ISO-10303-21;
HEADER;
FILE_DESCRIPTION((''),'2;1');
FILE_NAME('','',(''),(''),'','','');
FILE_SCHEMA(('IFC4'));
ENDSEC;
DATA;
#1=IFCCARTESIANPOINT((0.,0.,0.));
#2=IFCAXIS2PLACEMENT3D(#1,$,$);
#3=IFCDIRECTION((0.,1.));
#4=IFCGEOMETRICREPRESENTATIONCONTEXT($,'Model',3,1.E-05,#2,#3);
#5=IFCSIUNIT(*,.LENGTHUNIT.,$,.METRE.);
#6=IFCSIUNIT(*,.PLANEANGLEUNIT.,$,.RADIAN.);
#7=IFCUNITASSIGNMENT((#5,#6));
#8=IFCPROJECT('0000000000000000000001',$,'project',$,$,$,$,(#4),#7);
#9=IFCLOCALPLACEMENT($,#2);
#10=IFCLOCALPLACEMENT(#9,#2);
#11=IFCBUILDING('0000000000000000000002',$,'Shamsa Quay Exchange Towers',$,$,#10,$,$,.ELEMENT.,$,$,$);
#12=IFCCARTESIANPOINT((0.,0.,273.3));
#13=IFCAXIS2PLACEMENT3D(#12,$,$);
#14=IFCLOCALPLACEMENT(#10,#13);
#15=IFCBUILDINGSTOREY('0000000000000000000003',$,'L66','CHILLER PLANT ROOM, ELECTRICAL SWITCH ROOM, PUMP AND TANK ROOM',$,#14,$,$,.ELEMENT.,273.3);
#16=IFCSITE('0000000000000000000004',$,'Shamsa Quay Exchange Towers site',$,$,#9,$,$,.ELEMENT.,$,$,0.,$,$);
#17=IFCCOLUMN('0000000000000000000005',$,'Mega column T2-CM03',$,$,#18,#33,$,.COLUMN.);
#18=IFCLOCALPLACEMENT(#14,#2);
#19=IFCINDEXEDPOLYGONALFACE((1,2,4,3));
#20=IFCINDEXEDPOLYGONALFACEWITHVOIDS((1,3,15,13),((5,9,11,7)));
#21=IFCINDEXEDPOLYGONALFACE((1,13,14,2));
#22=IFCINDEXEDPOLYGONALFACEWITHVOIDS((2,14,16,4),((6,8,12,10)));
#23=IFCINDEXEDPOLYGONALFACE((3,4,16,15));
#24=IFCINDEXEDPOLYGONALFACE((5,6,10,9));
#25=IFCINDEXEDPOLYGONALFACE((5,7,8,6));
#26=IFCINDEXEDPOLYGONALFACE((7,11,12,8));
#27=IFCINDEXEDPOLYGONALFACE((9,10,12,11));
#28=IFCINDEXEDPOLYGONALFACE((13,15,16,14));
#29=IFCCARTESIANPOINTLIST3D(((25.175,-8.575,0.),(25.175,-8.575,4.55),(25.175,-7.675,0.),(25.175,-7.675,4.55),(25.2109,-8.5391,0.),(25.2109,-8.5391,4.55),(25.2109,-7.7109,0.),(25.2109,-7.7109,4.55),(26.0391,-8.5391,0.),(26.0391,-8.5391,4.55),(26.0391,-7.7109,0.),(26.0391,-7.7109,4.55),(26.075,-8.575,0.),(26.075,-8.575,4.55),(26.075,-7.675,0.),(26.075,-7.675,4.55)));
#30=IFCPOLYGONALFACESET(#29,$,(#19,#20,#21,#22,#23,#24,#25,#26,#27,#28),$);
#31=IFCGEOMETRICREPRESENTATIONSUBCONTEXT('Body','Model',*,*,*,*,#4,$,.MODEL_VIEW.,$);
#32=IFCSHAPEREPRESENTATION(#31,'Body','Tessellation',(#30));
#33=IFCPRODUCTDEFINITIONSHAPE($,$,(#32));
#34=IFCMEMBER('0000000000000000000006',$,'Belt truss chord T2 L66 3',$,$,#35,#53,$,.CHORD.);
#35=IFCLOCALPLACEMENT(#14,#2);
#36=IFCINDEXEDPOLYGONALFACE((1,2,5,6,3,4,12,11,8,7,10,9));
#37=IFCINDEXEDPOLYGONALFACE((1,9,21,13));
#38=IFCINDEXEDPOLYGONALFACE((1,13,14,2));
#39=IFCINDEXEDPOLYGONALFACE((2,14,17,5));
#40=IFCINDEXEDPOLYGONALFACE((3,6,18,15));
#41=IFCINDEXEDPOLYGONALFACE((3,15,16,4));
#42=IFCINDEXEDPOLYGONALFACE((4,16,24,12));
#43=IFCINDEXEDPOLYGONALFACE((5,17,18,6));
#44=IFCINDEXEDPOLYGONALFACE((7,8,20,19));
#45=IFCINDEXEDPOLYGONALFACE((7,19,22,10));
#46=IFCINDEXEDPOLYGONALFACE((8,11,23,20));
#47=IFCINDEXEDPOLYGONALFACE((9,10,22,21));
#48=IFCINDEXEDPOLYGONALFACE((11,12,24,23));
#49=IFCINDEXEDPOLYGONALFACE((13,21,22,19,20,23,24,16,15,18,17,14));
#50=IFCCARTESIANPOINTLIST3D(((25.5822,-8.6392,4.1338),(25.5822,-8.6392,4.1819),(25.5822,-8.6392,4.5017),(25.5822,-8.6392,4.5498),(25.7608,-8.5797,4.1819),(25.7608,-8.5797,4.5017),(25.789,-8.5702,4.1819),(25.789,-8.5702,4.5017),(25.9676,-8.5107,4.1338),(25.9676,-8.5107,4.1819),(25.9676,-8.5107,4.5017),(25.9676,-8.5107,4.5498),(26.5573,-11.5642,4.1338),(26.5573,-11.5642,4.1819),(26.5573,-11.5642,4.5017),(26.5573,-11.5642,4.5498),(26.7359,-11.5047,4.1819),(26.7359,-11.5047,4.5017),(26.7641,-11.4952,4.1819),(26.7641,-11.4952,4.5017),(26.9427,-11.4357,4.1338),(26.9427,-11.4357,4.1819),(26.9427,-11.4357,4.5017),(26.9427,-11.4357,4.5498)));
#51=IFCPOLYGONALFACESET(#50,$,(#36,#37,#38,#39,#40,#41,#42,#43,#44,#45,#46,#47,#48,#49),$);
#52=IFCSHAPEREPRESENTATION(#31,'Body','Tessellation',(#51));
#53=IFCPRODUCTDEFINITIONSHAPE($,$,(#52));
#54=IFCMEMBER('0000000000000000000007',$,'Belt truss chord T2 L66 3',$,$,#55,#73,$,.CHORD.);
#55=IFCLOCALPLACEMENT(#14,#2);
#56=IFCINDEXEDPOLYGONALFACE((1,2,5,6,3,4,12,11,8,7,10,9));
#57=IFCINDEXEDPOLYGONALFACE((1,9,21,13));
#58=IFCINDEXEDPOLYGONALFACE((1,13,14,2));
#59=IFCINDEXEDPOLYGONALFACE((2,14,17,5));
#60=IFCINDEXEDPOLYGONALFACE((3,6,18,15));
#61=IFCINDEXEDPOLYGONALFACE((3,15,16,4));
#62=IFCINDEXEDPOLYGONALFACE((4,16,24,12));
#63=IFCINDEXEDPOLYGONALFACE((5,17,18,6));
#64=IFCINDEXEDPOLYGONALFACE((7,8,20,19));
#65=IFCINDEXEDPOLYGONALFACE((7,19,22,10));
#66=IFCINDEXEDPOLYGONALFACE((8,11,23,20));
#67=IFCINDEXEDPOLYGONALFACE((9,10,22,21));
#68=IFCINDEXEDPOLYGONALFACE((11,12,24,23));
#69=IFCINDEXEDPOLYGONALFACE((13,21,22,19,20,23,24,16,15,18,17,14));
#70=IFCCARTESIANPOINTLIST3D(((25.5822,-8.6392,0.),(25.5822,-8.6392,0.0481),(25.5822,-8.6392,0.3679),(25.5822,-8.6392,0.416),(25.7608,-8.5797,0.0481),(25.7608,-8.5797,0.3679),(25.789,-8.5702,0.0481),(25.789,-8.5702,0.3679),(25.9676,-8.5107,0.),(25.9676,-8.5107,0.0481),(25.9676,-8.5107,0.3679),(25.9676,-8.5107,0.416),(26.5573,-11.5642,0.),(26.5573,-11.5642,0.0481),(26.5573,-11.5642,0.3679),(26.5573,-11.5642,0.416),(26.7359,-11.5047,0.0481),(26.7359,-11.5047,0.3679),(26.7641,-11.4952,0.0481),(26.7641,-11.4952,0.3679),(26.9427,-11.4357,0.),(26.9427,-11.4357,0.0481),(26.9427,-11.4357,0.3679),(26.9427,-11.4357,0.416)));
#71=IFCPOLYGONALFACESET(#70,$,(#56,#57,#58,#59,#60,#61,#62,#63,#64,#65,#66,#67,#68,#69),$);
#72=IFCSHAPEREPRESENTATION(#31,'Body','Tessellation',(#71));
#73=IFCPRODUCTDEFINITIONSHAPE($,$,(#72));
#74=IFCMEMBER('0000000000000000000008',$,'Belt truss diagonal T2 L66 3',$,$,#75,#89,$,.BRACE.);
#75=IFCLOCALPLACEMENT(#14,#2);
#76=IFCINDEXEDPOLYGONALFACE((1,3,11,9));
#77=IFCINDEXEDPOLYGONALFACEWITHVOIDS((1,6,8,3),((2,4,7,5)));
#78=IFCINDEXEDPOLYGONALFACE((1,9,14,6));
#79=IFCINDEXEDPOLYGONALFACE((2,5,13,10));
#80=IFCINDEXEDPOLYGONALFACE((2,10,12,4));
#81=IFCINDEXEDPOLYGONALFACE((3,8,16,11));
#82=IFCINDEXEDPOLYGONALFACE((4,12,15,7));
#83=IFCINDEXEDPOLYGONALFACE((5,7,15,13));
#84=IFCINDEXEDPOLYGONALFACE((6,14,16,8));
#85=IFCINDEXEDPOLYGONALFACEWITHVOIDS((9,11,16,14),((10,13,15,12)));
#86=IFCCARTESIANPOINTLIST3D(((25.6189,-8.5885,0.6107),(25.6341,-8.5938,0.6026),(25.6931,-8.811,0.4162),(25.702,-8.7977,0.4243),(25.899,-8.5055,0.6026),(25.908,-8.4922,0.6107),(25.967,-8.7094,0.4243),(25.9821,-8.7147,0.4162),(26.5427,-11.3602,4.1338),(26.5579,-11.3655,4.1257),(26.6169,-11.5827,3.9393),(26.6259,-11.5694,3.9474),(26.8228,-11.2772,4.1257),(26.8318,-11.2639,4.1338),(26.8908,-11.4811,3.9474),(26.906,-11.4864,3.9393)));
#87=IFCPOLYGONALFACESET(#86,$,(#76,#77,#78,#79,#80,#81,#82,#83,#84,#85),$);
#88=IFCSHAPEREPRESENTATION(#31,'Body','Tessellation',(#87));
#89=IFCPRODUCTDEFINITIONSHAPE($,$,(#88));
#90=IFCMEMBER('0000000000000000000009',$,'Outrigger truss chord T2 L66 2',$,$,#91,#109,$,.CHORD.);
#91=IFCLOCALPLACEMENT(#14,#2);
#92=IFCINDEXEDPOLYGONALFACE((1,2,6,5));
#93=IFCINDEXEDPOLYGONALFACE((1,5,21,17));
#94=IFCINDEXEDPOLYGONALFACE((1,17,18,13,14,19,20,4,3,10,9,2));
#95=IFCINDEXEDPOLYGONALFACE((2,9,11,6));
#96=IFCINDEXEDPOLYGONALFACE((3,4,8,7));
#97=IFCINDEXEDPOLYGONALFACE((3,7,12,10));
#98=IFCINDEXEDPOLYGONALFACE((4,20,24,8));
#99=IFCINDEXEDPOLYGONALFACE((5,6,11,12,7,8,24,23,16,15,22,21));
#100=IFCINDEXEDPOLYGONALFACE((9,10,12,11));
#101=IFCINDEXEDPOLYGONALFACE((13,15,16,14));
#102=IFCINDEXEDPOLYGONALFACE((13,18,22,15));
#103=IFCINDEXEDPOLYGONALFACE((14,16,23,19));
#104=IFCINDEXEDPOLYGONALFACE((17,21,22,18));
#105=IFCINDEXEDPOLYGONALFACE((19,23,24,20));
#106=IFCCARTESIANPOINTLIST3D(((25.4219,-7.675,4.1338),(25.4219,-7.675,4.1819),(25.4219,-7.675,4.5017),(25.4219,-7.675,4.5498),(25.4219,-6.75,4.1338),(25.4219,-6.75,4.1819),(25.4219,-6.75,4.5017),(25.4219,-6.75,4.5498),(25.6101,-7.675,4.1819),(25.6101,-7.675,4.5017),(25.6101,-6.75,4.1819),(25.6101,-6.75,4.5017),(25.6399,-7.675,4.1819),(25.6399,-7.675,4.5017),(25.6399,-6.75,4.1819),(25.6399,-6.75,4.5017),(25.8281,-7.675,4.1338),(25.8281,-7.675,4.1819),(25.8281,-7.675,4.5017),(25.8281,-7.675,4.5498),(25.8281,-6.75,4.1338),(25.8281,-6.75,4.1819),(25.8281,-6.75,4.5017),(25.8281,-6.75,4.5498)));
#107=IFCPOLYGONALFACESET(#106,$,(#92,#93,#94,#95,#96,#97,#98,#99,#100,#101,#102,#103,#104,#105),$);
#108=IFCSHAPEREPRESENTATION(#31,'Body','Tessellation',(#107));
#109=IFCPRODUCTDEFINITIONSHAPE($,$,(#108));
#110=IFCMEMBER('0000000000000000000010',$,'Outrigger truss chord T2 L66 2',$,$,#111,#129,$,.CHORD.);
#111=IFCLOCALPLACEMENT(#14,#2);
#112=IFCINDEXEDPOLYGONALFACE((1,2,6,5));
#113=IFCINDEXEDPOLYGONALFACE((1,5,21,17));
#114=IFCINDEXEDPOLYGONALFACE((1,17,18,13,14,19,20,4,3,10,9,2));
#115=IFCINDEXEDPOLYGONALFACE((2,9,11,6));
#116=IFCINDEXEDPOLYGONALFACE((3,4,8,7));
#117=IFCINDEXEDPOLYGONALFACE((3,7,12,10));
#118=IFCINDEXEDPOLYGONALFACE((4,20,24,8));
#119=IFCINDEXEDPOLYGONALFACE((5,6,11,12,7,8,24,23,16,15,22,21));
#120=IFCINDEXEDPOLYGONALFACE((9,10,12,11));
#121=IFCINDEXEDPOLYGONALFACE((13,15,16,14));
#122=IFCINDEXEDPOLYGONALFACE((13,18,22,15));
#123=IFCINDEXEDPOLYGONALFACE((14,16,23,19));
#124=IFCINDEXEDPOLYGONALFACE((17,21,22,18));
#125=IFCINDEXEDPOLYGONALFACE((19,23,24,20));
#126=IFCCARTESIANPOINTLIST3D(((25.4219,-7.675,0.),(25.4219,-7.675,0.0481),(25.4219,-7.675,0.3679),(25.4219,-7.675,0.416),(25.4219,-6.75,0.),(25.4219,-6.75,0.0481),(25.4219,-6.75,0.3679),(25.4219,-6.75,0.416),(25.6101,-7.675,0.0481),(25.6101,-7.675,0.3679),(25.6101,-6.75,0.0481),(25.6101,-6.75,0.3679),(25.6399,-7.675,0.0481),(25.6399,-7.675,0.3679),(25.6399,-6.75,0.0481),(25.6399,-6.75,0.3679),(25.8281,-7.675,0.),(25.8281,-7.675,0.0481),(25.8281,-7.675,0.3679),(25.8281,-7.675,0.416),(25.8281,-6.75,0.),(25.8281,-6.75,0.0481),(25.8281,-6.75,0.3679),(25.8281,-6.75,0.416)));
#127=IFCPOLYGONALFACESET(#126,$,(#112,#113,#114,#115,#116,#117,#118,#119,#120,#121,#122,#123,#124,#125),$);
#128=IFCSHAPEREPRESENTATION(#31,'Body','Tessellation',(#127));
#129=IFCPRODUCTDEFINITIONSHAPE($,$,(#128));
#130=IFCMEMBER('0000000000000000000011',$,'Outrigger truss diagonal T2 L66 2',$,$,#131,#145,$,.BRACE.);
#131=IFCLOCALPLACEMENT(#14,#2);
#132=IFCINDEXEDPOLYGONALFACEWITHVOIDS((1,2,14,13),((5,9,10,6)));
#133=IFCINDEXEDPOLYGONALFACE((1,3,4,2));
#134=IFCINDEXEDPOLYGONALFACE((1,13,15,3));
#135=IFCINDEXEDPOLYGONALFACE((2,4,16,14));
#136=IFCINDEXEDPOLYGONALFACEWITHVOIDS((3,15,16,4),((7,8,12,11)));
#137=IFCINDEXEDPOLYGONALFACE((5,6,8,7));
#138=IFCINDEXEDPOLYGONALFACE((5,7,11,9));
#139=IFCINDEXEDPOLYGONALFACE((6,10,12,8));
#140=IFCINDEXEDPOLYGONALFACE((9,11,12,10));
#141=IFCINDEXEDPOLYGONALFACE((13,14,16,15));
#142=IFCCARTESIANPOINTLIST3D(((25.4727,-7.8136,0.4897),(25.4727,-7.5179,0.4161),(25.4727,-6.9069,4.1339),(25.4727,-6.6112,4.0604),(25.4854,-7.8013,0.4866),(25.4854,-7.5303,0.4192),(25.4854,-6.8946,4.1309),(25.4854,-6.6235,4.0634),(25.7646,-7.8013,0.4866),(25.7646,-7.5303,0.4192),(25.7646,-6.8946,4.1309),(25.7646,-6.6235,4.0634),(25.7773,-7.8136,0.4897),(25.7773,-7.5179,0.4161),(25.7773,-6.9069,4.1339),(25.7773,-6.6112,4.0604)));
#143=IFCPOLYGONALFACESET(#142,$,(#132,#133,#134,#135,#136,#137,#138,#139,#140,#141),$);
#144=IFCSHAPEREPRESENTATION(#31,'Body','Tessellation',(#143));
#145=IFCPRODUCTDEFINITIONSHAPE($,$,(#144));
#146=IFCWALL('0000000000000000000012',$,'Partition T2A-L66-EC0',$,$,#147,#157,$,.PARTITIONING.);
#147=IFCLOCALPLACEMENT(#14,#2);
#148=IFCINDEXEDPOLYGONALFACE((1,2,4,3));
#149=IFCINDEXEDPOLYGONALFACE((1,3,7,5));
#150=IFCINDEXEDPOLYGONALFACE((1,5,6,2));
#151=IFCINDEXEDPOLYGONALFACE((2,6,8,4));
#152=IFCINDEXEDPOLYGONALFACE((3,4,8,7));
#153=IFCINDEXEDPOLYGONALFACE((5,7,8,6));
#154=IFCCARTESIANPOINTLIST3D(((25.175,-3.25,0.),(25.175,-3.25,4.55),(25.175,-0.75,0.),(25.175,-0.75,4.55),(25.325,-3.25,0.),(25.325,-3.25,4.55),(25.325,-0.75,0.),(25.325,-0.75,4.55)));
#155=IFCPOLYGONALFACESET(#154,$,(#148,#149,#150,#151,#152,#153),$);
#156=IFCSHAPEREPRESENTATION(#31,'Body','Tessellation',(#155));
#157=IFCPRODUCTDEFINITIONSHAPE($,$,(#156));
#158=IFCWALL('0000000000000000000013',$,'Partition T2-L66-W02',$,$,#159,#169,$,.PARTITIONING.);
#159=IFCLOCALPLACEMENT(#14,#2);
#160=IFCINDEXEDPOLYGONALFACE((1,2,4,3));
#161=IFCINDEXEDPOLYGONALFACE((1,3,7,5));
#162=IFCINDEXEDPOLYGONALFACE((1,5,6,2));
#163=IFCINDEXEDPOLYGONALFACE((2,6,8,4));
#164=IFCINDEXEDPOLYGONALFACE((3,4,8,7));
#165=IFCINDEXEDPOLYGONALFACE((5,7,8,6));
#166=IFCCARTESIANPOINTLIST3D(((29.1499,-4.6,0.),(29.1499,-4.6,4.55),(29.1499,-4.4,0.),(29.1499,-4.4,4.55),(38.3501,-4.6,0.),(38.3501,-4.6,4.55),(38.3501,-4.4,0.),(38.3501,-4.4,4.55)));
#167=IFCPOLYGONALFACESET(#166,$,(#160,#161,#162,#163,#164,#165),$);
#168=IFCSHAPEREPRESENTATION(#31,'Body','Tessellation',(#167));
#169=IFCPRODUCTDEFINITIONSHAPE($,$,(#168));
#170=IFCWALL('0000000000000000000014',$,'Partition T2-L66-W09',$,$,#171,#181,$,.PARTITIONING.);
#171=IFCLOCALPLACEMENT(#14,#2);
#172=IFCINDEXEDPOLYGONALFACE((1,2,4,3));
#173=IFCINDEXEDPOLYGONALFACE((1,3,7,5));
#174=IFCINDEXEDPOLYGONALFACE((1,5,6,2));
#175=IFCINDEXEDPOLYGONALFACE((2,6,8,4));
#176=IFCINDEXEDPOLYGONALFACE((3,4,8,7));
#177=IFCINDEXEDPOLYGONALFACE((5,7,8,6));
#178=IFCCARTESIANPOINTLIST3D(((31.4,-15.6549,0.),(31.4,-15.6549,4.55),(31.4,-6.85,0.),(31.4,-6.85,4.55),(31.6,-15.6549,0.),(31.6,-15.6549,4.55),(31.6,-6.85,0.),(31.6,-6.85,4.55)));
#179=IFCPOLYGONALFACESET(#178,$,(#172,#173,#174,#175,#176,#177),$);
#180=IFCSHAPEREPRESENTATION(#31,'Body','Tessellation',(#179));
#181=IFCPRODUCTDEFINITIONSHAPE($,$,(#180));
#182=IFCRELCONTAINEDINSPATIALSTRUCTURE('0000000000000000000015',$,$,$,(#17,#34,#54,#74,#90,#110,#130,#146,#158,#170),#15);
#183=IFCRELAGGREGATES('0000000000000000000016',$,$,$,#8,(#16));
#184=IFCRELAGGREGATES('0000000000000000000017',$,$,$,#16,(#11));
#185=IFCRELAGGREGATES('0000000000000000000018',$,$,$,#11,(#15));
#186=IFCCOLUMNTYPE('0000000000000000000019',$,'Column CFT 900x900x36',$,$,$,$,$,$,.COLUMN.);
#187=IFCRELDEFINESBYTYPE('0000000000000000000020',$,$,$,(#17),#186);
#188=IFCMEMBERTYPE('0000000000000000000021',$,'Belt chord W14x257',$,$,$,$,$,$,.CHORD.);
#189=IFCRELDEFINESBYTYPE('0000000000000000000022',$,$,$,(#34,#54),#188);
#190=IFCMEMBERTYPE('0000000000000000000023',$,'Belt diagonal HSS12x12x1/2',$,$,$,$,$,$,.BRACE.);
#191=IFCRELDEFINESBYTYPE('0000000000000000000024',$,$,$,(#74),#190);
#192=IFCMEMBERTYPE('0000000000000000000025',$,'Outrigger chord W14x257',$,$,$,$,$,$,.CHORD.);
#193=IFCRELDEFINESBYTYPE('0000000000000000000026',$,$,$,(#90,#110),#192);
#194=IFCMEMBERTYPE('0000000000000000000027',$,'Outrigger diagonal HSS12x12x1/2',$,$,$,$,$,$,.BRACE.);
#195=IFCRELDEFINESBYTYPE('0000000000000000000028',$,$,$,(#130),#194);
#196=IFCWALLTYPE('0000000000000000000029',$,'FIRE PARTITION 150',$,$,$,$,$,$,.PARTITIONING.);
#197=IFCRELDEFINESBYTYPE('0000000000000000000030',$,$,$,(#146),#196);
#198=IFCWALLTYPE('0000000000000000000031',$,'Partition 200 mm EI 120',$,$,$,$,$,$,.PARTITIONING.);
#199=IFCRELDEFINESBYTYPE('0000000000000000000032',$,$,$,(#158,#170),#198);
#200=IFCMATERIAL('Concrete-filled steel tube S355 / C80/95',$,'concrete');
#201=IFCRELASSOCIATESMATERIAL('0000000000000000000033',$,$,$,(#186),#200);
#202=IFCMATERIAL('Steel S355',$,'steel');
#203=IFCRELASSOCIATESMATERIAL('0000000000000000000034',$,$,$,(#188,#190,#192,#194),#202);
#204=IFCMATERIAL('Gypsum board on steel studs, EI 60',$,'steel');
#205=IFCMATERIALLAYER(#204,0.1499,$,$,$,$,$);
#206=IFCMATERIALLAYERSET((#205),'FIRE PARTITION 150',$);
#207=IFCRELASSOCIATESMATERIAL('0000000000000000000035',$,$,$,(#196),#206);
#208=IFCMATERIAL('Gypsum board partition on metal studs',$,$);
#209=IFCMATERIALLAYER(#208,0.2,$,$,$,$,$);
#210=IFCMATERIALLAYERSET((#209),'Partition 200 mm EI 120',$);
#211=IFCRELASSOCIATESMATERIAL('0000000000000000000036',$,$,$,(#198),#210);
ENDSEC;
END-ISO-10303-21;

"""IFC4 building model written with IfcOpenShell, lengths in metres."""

from ifc_helpers import new_model, si_unit, direction, frame, frame_2d, origin, origin_2d, place, context, subcontext, project, spatial, rectangle, hollow_rectangle, i_section, extrude, material, layer, layer_set, material_profile, profile_set, type_object, element, save


model = new_model("IFC4")

# Units and contexts
model_context = context("Model", 3, precision=1e-05, world=origin(), true_north=direction((0.0, 1.0)))
body_context = subcontext(model_context, "Body", "Model", "MODEL_VIEW")
ifc_project = project(units=[si_unit("LENGTHUNIT", "METRE"), si_unit("PLANEANGLEUNIT", "RADIAN")], contexts=[model_context])

# Site, building, storey
site_placement = place(None, origin())
site = spatial("IfcSite", under=ifc_project, at=site_placement, Name="Shamsa Quay Exchange Towers site", CompositionType="ELEMENT", RefElevation=0.0)
building_placement = place(site_placement, origin())
building = spatial("IfcBuilding", under=site, at=building_placement, Name="Shamsa Quay Exchange Towers", CompositionType="ELEMENT")
storey_placement = place(building_placement, frame((0.0, 0.0, 273.3)))
storey = spatial("IfcBuildingStorey", under=building, at=storey_placement, Name="L66", Description="CHILLER PLANT ROOM, ELECTRICAL SWITCH ROOM, PUMP AND TANK ROOM", CompositionType="ELEMENT", Elevation=273.3)

# Column
ifc_material_1 = material(Name="Concrete-filled steel tube S355 / C80/95", Category="concrete")
ifc_material_profile_1 = material_profile(ifc_material_1, hollow_rectangle(XDim=0.8999, YDim=0.8999, WallThickness=0.0359, at=origin_2d()), Name="CFT 900x900x36")
ifc_profile_set_1 = profile_set([ifc_material_profile_1], Name="Concrete-filled steel tube S355 / C80/95")
column_type = type_object("IfcColumnType", Name="Column CFT 900x900x36", PredefinedType="COLUMN", material=ifc_profile_set_1)
column_placement = place(storey_placement, frame((25.625, -8.125, 0.0)))
element("IfcColumn", 1, at=column_placement, inside=storey, type_object=column_type, Name="Mega column T2-CM03", PredefinedType="COLUMN", context=body_context, shape_type="SweptSolid", body=[
    extrude(hollow_rectangle(XDim=0.8999, YDim=0.8999, WallThickness=0.0359, at=origin_2d()), origin(), (0.0, 0.0, 1.0), 4.55),
])

# Members
ifc_material_2 = material(Name="Steel S355", Category="steel")
ifc_material_profile_2 = material_profile(ifc_material_2, i_section(OverallWidth=0.4062, OverallDepth=0.416, WebThickness=0.0298, FlangeThickness=0.0481, at=origin_2d()), Name="W14x257")
ifc_profile_set_2 = profile_set([ifc_material_profile_2], Name="Steel S355")
member_type_1 = type_object("IfcMemberType", Name="Belt chord W14x257", PredefinedType="CHORD", material=ifc_profile_set_2)
for number, where, z_axis, x_axis, name in (
    (2, (25.7749, -8.575, 4.3418), (0.316252, -0.948675, 0.0), (0.948675, 0.316252, 0.0), "Belt truss chord T2 L66 3"),
    (3, (25.7749, -8.575, 0.208), (0.316252, -0.948675, 0.0), (0.948675, 0.316252, 0.0), "Belt truss chord T2 L66 3"),
):
    element("IfcMember", number, at=place(storey_placement, frame(where, z_axis=z_axis, x_axis=x_axis)), inside=storey, type_object=member_type_1, Name=name, PredefinedType="CHORD", context=body_context, shape_type="SweptSolid", body=[
        extrude(i_section(OverallWidth=0.4062, OverallDepth=0.416, WebThickness=0.0298, FlangeThickness=0.0481, at=origin_2d()), origin(), (0.0, 0.0, 1.0), 3.0833),
    ])
ifc_material_profile_3 = material_profile(ifc_material_2, hollow_rectangle(XDim=0.3047, YDim=0.3047, WallThickness=0.0127, at=origin_2d()), Name="HSS12x12x1/2")
ifc_profile_set_3 = profile_set([ifc_material_profile_3], Name="Steel S355")
member_type_2 = type_object("IfcMemberType", Name="Belt diagonal HSS12x12x1/2", PredefinedType="BRACE", material=ifc_profile_set_3)
member_1_placement = place(storey_placement, frame((25.8005, -8.6516, 0.5134), z_axis=(0.201842, -0.605579, 0.769762), x_axis=(0.948692, 0.316203, 0.0)))
element("IfcMember", 4, at=member_1_placement, inside=storey, type_object=member_type_2, Name="Belt truss diagonal T2 L66 3", PredefinedType="BRACE", context=body_context, shape_type="SweptSolid", body=[
    extrude(hollow_rectangle(XDim=0.3047, YDim=0.3047, WallThickness=0.0127, at=origin_2d()), origin(), (0.0, 0.0, 1.0), 4.5769),
])
ifc_material_profile_4 = material_profile(ifc_material_2, i_section(OverallWidth=0.4062, OverallDepth=0.416, WebThickness=0.0298, FlangeThickness=0.0481, at=origin_2d()), Name="W14x257")
ifc_profile_set_4 = profile_set([ifc_material_profile_4], Name="Steel S355")
member_type_3 = type_object("IfcMemberType", Name="Outrigger chord W14x257", PredefinedType="CHORD", material=ifc_profile_set_4)
for number, where, z_axis, x_axis, name in (
    (5, (25.625, -7.675, 4.3418), (0.0, 1.0, 0.0), (-1.0, 0.0, 0.0), "Outrigger truss chord T2 L66 2"),
    (6, (25.625, -7.675, 0.208), (0.0, 1.0, 0.0), (-1.0, 0.0, 0.0), "Outrigger truss chord T2 L66 2"),
):
    element("IfcMember", number, at=place(storey_placement, frame(where, z_axis=z_axis, x_axis=x_axis)), inside=storey, type_object=member_type_3, Name=name, PredefinedType="CHORD", context=body_context, shape_type="SweptSolid", body=[
        extrude(i_section(OverallWidth=0.4062, OverallDepth=0.416, WebThickness=0.0298, FlangeThickness=0.0481, at=origin_2d()), origin(), (0.0, 0.0, 1.0), 0.925),
    ])
ifc_material_profile_5 = material_profile(ifc_material_2, hollow_rectangle(XDim=0.3047, YDim=0.3047, WallThickness=0.0127, at=origin_2d()), Name="HSS12x12x1/2")
ifc_profile_set_5 = profile_set([ifc_material_profile_5], Name="Steel S355")
member_type_4 = type_object("IfcMemberType", Name="Outrigger diagonal HSS12x12x1/2", PredefinedType="BRACE", material=ifc_profile_set_5)
member_2_placement = place(storey_placement, frame((25.625, -7.6658, 0.4529), z_axis=(0.0, 0.241449, 0.970413), x_axis=(-1.0, 0.0, 0.0)))
element("IfcMember", 7, at=member_2_placement, inside=storey, type_object=member_type_4, Name="Outrigger truss diagonal T2 L66 2", PredefinedType="BRACE", context=body_context, shape_type="SweptSolid", body=[
    extrude(hollow_rectangle(XDim=0.3047, YDim=0.3047, WallThickness=0.0127, at=origin_2d()), origin(), (0.0, 0.0, 1.0), 3.7554),
])

# Walls
ifc_material_3 = material(Name="Gypsum board on steel studs, EI 60", Category="steel")
ifc_layer_1 = layer(ifc_material_3, 0.1499)
ifc_layer_set_1 = layer_set([ifc_layer_1], Name="FIRE PARTITION 150")
wall_type_1 = type_object("IfcWallType", Name="FIRE PARTITION 150", PredefinedType="PARTITIONING", material=ifc_layer_set_1)
wall_1_placement = place(storey_placement, frame((25.25, -3.25, 0.0), z_axis=(0.0, 0.0, 1.0), x_axis=(0.0, 1.0, 0.0)))
element("IfcWall", 8, at=wall_1_placement, inside=storey, type_object=wall_type_1, Name="Partition T2A-L66-EC0", PredefinedType="PARTITIONING", context=body_context, shape_type="SweptSolid", body=[
    extrude(rectangle(XDim=2.5, YDim=0.1499, at=frame_2d((1.25, 0.0))), origin(), (0.0, 0.0, 1.0), 4.55),
])
ifc_material_4 = material(Name="Gypsum board partition on metal studs")
ifc_layer_2 = layer(ifc_material_4, 0.2)
ifc_layer_set_2 = layer_set([ifc_layer_2], Name="Partition 200 mm EI 120")
wall_type_2 = type_object("IfcWallType", Name="Partition 200 mm EI 120", PredefinedType="PARTITIONING", material=ifc_layer_set_2)
wall_2_placement = place(storey_placement, frame((29.1499, -4.5, 0.0)))
element("IfcWall", 9, at=wall_2_placement, inside=storey, type_object=wall_type_2, Name="Partition T2-L66-W02", PredefinedType="PARTITIONING", context=body_context, shape_type="SweptSolid", body=[
    extrude(rectangle(XDim=9.2002, YDim=0.2, at=frame_2d((4.6001, 0.0))), origin(), (0.0, 0.0, 1.0), 4.55),
])
wall_3_placement = place(storey_placement, frame((31.5, -6.8501, 0.0), z_axis=(0.0, 0.0, 1.0), x_axis=(0.0, -1.0, 0.0)))
element("IfcWall", 10, at=wall_3_placement, inside=storey, type_object=wall_type_2, Name="Partition T2-L66-W09", PredefinedType="PARTITIONING", context=body_context, shape_type="SweptSolid", body=[
    extrude(rectangle(XDim=8.8049, YDim=0.2, at=frame_2d((4.4023, 0.0))), origin(), (0.0, 0.0, 1.0), 4.55),
])

save(model, "model.ifc")
